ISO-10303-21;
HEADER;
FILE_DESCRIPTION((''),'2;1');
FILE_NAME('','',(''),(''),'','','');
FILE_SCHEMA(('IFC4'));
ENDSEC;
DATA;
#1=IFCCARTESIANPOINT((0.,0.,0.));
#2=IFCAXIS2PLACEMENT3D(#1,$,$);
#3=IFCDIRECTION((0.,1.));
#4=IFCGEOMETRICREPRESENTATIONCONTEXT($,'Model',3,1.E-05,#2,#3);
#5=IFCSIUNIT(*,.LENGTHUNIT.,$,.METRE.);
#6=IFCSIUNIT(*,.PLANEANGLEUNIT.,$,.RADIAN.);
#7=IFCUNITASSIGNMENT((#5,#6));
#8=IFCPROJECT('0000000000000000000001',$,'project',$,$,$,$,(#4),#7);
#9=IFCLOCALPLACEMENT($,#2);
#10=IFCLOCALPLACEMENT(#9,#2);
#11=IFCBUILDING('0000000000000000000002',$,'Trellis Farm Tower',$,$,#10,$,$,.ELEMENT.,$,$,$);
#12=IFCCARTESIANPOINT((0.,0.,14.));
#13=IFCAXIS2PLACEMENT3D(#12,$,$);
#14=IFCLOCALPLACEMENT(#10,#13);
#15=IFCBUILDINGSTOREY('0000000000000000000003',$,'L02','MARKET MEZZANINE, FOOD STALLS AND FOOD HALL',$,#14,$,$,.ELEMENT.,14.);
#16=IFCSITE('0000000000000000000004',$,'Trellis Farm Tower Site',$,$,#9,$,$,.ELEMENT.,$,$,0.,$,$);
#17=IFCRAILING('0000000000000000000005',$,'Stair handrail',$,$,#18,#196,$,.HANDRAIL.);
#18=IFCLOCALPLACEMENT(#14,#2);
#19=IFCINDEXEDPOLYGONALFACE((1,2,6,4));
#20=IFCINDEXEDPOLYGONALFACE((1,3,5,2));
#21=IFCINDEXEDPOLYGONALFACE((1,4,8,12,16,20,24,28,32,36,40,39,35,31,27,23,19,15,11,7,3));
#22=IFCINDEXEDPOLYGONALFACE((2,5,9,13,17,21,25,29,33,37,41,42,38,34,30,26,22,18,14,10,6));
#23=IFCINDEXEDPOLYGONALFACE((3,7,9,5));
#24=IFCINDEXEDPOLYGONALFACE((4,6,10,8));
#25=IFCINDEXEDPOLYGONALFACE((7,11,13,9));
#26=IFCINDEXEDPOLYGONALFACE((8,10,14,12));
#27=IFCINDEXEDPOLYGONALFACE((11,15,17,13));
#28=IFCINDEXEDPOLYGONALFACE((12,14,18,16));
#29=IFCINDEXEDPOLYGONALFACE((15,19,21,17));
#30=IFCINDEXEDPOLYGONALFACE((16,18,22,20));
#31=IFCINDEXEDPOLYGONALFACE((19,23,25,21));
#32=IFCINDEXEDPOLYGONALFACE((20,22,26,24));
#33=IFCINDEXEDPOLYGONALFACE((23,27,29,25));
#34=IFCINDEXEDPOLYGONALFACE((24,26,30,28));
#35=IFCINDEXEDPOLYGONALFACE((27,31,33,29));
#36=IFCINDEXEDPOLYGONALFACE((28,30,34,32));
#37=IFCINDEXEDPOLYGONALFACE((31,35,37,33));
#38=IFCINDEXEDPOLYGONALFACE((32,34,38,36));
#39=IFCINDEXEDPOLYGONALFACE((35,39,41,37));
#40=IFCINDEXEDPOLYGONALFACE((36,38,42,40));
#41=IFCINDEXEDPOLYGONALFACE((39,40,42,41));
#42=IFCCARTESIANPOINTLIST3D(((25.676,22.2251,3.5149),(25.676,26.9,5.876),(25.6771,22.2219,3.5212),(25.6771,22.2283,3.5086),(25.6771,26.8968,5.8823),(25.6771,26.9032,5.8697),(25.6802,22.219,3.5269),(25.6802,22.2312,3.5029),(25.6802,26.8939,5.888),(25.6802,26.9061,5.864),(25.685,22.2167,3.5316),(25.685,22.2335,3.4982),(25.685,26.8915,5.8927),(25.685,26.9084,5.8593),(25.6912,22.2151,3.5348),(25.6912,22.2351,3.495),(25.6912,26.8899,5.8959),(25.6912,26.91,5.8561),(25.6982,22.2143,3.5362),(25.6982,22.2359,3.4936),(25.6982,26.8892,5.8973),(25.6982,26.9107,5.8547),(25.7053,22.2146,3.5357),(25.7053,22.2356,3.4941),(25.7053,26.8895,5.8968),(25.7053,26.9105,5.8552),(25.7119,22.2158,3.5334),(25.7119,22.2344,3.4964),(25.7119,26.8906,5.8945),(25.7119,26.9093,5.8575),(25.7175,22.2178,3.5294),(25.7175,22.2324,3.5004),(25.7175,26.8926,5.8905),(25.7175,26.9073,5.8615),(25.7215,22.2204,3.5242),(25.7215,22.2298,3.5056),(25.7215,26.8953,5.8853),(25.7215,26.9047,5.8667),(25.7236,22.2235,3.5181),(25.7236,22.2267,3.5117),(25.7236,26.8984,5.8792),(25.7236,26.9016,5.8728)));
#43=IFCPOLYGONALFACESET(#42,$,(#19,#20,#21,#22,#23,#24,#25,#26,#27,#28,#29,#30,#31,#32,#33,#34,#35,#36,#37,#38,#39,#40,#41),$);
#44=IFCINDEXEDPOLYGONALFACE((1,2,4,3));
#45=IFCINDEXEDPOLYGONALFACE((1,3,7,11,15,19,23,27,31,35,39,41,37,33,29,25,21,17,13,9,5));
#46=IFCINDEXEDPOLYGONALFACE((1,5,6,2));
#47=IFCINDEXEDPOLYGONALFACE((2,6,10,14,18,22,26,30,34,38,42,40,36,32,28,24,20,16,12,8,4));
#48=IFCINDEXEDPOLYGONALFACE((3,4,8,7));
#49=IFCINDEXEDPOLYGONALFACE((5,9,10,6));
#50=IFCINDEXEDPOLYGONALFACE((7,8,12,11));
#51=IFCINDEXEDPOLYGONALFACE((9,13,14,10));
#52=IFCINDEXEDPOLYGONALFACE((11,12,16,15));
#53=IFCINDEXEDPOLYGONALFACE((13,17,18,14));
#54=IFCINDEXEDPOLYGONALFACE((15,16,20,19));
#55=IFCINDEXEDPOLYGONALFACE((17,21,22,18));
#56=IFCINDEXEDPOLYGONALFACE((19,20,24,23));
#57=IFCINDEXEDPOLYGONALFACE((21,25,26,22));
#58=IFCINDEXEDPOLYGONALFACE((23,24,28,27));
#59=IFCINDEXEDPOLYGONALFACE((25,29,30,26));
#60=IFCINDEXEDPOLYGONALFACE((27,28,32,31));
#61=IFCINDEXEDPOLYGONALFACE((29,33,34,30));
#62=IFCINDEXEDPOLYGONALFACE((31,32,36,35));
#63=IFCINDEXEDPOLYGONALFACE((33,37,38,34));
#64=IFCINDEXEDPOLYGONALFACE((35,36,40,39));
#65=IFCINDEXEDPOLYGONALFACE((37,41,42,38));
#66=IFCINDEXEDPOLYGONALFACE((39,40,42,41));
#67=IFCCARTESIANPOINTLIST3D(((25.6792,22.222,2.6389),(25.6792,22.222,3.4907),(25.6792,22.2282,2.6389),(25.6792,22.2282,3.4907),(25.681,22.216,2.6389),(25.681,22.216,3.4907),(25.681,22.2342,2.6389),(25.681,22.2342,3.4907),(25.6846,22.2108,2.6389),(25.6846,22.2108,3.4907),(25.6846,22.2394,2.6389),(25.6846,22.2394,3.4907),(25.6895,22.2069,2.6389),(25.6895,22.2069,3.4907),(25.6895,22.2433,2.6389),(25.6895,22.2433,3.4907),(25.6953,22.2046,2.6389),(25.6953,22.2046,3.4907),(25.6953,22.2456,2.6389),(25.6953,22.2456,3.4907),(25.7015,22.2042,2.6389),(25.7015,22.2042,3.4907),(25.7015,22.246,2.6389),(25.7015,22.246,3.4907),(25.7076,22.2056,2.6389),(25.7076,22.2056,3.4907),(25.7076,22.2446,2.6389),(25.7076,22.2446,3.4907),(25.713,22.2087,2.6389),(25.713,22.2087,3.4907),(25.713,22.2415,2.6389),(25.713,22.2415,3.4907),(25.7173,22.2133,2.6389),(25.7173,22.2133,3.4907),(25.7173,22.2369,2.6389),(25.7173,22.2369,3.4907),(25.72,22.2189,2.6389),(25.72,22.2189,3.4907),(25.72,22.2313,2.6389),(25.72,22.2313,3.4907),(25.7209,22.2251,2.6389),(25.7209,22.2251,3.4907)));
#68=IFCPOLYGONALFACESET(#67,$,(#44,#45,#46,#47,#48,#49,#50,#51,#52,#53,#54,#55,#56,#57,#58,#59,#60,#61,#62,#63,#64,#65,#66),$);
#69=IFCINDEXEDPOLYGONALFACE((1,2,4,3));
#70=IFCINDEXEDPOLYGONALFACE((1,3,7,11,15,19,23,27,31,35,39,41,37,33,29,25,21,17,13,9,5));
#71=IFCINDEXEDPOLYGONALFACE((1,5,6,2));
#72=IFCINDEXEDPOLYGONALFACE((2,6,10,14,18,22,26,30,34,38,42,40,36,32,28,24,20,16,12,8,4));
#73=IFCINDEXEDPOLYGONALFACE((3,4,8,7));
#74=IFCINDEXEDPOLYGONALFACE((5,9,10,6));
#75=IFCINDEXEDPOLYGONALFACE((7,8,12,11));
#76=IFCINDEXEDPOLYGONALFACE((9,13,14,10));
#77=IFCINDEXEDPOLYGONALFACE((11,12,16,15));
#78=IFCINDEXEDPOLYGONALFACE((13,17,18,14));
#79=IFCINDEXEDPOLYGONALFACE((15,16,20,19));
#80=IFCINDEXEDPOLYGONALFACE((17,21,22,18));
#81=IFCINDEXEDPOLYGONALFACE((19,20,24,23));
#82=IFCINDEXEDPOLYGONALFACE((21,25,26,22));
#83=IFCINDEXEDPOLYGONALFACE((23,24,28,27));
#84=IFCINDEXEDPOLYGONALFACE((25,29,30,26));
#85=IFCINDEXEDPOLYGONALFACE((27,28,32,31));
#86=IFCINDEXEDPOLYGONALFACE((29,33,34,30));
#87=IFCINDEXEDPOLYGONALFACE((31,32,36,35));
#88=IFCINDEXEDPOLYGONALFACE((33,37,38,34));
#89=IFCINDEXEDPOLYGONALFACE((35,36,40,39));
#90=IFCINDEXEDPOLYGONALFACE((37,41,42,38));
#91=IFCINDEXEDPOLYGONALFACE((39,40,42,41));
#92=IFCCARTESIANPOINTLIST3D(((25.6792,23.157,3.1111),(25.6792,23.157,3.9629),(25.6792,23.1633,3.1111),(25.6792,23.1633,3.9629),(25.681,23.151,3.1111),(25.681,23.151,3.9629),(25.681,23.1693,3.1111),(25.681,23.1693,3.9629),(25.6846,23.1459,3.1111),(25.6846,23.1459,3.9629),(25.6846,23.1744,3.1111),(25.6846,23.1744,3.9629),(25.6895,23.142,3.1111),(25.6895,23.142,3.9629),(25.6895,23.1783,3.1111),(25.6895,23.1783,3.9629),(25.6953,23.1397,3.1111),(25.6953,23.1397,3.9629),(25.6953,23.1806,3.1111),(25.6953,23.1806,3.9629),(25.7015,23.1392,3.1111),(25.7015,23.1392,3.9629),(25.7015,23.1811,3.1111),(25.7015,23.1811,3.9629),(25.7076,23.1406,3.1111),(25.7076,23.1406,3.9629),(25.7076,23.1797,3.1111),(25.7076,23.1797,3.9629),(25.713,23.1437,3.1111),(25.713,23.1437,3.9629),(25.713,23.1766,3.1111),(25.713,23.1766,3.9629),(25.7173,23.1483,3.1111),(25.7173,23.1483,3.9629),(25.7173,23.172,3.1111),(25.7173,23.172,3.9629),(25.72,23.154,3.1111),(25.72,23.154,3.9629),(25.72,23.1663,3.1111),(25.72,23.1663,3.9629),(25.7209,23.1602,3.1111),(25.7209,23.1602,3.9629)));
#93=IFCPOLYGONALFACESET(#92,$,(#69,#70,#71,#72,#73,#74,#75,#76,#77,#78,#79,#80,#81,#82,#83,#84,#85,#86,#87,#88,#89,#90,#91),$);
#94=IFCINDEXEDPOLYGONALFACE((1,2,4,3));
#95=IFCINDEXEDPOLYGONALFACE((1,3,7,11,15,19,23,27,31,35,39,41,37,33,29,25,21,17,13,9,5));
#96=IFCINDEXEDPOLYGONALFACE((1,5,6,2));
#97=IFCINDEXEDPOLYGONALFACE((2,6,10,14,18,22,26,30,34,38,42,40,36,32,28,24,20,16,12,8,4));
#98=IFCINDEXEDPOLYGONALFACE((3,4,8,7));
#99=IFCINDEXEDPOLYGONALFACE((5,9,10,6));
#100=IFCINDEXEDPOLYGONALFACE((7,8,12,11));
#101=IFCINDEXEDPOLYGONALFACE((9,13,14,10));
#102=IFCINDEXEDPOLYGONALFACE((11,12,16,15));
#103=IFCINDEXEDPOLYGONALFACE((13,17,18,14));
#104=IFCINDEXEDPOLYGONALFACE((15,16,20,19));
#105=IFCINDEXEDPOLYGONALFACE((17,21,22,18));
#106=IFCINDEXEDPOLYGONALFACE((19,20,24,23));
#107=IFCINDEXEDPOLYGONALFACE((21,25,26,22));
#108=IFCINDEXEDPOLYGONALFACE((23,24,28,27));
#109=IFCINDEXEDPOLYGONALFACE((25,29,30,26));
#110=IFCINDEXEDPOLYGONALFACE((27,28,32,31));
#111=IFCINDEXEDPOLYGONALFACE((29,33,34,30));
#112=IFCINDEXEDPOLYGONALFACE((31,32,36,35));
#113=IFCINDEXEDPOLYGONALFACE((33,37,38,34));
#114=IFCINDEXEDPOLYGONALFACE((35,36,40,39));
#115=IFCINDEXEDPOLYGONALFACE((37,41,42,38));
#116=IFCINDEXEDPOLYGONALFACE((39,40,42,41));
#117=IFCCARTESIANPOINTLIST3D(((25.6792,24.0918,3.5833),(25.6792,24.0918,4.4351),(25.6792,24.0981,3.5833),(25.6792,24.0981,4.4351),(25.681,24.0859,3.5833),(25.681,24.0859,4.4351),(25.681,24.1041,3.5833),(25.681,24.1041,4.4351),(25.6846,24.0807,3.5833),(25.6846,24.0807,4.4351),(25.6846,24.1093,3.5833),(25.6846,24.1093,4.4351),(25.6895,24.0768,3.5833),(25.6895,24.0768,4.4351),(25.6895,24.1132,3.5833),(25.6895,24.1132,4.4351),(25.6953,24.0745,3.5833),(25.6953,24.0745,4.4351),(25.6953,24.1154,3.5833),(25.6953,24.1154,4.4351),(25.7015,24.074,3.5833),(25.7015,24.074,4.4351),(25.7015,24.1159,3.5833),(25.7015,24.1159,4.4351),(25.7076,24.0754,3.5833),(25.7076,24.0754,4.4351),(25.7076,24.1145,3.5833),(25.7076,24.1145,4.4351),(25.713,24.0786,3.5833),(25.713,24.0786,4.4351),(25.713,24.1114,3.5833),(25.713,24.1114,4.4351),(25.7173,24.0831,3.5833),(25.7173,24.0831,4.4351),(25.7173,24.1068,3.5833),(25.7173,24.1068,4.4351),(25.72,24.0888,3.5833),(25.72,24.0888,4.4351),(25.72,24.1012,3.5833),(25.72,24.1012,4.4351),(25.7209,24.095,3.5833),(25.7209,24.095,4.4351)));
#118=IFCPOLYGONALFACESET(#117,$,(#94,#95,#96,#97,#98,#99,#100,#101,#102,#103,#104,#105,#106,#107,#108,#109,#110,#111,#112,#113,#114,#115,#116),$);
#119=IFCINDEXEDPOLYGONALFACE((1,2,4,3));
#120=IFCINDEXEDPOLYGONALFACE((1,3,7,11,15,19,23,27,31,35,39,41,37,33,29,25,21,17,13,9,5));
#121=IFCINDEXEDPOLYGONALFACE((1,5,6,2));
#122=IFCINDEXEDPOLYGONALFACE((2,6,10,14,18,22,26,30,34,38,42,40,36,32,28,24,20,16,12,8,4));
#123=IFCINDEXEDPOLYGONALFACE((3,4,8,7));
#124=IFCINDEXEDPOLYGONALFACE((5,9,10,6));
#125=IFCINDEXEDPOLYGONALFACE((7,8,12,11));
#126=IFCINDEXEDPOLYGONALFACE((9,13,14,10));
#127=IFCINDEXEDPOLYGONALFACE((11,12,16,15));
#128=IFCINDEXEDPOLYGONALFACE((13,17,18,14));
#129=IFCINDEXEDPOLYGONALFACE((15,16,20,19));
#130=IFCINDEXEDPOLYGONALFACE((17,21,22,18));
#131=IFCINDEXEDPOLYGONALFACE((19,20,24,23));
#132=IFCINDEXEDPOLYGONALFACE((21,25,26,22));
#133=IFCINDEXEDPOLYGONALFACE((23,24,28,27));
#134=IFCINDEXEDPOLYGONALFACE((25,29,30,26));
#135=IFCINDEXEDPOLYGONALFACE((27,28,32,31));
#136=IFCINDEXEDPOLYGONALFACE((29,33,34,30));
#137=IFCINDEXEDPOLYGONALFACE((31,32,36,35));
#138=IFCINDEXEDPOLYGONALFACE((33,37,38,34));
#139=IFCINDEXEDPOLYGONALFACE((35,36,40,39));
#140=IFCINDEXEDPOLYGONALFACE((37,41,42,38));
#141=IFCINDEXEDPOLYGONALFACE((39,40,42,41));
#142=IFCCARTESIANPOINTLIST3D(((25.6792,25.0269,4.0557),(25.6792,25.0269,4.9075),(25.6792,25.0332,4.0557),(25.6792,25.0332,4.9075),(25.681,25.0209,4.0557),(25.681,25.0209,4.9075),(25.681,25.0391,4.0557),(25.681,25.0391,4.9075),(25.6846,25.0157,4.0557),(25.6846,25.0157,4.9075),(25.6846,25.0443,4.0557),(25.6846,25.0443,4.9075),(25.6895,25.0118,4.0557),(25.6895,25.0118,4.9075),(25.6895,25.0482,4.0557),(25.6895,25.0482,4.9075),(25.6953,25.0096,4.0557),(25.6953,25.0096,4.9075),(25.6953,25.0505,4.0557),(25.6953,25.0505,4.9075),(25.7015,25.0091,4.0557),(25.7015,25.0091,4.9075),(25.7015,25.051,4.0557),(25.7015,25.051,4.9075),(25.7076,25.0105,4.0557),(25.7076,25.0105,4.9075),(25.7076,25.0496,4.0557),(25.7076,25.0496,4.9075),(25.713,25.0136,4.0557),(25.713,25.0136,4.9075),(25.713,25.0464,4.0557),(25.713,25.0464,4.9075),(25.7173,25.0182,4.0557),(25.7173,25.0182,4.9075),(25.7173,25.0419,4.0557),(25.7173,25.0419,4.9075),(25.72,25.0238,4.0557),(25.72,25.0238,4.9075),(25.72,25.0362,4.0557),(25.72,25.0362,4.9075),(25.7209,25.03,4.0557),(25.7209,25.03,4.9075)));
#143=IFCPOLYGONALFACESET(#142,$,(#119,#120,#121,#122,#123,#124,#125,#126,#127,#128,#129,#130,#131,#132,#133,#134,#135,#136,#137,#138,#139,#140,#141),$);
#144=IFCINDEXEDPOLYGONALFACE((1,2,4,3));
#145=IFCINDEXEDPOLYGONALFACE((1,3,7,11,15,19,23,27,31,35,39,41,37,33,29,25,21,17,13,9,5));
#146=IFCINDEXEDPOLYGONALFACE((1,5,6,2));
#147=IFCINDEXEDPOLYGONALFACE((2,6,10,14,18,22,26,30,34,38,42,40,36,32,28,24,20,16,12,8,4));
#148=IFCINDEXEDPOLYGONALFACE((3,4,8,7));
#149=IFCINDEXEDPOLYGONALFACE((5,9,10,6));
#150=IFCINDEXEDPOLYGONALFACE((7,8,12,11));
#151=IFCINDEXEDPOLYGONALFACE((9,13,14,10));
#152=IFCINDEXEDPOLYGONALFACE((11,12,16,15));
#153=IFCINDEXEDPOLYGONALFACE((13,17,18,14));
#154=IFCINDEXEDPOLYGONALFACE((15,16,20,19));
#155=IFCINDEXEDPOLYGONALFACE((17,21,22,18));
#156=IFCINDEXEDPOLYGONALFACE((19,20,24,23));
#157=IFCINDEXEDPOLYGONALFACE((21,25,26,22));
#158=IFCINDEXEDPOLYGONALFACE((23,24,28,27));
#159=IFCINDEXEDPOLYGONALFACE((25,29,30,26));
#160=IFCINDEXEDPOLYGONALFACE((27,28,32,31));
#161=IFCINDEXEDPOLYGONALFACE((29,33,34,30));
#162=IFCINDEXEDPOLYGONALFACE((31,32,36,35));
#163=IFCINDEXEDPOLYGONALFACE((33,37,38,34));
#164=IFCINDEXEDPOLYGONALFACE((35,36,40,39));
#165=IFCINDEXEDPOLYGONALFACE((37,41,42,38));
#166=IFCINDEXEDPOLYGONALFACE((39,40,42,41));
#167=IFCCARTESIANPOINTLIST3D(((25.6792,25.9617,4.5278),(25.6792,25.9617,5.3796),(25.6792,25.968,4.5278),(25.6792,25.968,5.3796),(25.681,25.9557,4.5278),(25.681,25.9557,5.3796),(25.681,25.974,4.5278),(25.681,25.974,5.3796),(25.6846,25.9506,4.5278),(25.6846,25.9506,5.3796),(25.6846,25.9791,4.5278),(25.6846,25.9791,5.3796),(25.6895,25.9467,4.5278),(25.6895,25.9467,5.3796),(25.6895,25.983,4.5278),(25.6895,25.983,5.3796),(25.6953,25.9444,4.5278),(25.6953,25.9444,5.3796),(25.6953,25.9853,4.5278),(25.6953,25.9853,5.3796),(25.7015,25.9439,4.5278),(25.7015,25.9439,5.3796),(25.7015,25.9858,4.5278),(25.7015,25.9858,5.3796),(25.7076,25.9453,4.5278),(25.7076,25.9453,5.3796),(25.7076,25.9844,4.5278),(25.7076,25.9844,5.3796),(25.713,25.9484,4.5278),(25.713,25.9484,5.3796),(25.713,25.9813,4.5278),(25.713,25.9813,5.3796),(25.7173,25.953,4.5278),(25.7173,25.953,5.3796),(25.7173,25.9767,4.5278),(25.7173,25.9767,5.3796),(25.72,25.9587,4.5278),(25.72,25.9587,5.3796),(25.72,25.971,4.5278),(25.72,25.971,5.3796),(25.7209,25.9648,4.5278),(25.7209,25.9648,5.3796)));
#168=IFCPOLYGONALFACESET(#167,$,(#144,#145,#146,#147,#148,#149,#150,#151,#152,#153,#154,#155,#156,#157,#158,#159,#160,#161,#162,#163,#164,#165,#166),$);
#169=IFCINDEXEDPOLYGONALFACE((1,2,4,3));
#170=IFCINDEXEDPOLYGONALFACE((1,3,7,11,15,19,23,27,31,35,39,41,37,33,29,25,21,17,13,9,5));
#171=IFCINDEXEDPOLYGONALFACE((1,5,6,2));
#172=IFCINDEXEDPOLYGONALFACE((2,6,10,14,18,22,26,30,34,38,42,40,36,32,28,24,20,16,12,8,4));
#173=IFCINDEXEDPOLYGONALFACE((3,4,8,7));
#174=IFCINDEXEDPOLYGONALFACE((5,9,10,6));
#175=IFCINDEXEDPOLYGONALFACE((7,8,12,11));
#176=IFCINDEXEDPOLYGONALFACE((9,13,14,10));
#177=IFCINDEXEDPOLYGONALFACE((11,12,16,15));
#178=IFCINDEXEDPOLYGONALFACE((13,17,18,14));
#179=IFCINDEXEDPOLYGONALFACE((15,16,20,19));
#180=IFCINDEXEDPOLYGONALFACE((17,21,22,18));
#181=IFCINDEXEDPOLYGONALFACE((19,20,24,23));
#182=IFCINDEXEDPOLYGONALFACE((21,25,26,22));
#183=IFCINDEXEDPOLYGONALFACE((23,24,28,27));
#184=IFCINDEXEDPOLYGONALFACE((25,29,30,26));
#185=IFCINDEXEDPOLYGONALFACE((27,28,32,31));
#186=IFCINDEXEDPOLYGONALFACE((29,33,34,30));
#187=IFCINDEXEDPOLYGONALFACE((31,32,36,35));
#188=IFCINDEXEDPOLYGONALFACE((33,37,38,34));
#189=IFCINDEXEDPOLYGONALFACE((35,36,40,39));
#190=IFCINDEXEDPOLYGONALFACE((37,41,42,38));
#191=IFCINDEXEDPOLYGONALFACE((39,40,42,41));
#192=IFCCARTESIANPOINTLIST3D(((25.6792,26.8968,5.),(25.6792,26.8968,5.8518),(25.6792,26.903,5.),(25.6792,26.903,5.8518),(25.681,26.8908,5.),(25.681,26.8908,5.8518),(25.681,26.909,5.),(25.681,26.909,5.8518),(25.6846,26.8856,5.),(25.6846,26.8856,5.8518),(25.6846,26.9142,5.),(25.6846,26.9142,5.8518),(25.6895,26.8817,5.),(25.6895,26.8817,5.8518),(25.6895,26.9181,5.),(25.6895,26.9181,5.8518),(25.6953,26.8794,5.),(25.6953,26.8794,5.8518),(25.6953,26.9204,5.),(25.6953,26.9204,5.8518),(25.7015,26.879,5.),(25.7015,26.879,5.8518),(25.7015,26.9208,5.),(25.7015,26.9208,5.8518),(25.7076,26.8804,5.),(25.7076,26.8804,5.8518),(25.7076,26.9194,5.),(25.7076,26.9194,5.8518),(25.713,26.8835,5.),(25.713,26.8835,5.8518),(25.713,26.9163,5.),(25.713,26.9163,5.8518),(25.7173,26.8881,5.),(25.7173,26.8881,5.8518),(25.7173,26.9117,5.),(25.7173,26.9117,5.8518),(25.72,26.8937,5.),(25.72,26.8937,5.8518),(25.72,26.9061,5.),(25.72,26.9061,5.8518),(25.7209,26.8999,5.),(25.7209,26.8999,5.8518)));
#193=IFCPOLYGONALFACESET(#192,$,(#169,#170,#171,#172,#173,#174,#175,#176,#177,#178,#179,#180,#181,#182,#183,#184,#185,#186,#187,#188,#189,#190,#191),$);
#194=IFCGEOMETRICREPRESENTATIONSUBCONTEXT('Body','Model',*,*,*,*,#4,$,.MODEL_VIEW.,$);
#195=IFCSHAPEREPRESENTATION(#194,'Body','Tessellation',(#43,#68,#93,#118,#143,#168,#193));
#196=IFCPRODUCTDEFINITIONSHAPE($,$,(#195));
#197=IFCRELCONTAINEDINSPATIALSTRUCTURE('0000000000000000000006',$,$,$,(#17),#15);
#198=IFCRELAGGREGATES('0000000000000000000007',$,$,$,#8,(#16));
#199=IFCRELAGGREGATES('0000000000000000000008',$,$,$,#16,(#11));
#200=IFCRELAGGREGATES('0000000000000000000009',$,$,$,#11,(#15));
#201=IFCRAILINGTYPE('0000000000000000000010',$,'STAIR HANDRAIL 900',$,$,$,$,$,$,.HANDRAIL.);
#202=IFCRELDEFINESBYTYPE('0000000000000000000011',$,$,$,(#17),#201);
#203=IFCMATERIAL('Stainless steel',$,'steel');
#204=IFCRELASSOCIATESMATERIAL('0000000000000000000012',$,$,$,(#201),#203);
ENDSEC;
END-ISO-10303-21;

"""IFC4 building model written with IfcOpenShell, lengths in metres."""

from ifc_helpers import new_model, si_unit, direction, frame, origin, origin_2d, place, context, subcontext, project, spatial, circle, extrude, source, transform, mapped, material, type_object, element, save


model = new_model("IFC4")

# Units and contexts
model_context = context("Model", 3, precision=1e-05, world=origin(), true_north=direction((0.0, 1.0)))
body_context = subcontext(model_context, "Body", "Model", "MODEL_VIEW")
ifc_project = project(units=[si_unit("LENGTHUNIT", "METRE"), si_unit("PLANEANGLEUNIT", "RADIAN")], contexts=[model_context])

# Site, building, storey
site_placement = place(None, origin())
site = spatial("IfcSite", under=ifc_project, at=site_placement, Name="Trellis Farm Tower Site", CompositionType="ELEMENT", RefElevation=0.0)
building_placement = place(site_placement, origin())
building = spatial("IfcBuilding", under=site, at=building_placement, Name="Trellis Farm Tower", CompositionType="ELEMENT")
storey_placement = place(building_placement, frame((0.0, 0.0, 14.0)))
storey = spatial("IfcBuildingStorey", under=building, at=storey_placement, Name="L02", Description="MARKET MEZZANINE, FOOD STALLS AND FOOD HALL", CompositionType="ELEMENT", Elevation=14.0)

# Railing
ifc_material_1 = material(Name="Stainless steel", Category="steel")
railing_type = type_object("IfcRailingType", Name="STAIR HANDRAIL 900", PredefinedType="HANDRAIL", material=ifc_material_1)
shared_shape_1 = source(origin(), body_context, "Body", "SweptSolid", [
    extrude(circle(Radius=0.0239, at=origin_2d()), frame((0.0, 0.0, 0.876), z_axis=(0.0, 0.892611, 0.450827), x_axis=(-1.0, 0.0, 0.0)), (0.0, 0.0, 1.0), 5.2373),
    extrude(circle(Radius=0.021, at=origin_2d()), origin(), (0.0, 0.0, 1.0), 0.8518),
    extrude(circle(Radius=0.021, at=origin_2d()), frame((0.0, 0.9351, 0.4722)), (0.0, 0.0, 1.0), 0.8518),
    extrude(circle(Radius=0.021, at=origin_2d()), frame((0.0, 1.8699, 0.9443)), (0.0, 0.0, 1.0), 0.8518),
    extrude(circle(Radius=0.021, at=origin_2d()), frame((0.0, 2.8049, 1.4167)), (0.0, 0.0, 1.0), 0.8518),
    extrude(circle(Radius=0.021, at=origin_2d()), frame((0.0, 3.7397, 1.8889)), (0.0, 0.0, 1.0), 0.8518),
    extrude(circle(Radius=0.021, at=origin_2d()), frame((0.0, 4.6748, 2.3611)), (0.0, 0.0, 1.0), 0.8518),
])
for number, where, name in (
    (1, (25.7, 22.2251, 2.6389), "Stair handrail"),
):
    element("IfcRailing", number, at=place(storey_placement, frame(where)), inside=storey, type_object=railing_type, Name=name, PredefinedType="HANDRAIL", context=body_context, shape_type="MappedRepresentation", body=[
        mapped(shared_shape_1, transform((0.0, 0.0, 0.0))),
    ])

save(model, "model.ifc")
